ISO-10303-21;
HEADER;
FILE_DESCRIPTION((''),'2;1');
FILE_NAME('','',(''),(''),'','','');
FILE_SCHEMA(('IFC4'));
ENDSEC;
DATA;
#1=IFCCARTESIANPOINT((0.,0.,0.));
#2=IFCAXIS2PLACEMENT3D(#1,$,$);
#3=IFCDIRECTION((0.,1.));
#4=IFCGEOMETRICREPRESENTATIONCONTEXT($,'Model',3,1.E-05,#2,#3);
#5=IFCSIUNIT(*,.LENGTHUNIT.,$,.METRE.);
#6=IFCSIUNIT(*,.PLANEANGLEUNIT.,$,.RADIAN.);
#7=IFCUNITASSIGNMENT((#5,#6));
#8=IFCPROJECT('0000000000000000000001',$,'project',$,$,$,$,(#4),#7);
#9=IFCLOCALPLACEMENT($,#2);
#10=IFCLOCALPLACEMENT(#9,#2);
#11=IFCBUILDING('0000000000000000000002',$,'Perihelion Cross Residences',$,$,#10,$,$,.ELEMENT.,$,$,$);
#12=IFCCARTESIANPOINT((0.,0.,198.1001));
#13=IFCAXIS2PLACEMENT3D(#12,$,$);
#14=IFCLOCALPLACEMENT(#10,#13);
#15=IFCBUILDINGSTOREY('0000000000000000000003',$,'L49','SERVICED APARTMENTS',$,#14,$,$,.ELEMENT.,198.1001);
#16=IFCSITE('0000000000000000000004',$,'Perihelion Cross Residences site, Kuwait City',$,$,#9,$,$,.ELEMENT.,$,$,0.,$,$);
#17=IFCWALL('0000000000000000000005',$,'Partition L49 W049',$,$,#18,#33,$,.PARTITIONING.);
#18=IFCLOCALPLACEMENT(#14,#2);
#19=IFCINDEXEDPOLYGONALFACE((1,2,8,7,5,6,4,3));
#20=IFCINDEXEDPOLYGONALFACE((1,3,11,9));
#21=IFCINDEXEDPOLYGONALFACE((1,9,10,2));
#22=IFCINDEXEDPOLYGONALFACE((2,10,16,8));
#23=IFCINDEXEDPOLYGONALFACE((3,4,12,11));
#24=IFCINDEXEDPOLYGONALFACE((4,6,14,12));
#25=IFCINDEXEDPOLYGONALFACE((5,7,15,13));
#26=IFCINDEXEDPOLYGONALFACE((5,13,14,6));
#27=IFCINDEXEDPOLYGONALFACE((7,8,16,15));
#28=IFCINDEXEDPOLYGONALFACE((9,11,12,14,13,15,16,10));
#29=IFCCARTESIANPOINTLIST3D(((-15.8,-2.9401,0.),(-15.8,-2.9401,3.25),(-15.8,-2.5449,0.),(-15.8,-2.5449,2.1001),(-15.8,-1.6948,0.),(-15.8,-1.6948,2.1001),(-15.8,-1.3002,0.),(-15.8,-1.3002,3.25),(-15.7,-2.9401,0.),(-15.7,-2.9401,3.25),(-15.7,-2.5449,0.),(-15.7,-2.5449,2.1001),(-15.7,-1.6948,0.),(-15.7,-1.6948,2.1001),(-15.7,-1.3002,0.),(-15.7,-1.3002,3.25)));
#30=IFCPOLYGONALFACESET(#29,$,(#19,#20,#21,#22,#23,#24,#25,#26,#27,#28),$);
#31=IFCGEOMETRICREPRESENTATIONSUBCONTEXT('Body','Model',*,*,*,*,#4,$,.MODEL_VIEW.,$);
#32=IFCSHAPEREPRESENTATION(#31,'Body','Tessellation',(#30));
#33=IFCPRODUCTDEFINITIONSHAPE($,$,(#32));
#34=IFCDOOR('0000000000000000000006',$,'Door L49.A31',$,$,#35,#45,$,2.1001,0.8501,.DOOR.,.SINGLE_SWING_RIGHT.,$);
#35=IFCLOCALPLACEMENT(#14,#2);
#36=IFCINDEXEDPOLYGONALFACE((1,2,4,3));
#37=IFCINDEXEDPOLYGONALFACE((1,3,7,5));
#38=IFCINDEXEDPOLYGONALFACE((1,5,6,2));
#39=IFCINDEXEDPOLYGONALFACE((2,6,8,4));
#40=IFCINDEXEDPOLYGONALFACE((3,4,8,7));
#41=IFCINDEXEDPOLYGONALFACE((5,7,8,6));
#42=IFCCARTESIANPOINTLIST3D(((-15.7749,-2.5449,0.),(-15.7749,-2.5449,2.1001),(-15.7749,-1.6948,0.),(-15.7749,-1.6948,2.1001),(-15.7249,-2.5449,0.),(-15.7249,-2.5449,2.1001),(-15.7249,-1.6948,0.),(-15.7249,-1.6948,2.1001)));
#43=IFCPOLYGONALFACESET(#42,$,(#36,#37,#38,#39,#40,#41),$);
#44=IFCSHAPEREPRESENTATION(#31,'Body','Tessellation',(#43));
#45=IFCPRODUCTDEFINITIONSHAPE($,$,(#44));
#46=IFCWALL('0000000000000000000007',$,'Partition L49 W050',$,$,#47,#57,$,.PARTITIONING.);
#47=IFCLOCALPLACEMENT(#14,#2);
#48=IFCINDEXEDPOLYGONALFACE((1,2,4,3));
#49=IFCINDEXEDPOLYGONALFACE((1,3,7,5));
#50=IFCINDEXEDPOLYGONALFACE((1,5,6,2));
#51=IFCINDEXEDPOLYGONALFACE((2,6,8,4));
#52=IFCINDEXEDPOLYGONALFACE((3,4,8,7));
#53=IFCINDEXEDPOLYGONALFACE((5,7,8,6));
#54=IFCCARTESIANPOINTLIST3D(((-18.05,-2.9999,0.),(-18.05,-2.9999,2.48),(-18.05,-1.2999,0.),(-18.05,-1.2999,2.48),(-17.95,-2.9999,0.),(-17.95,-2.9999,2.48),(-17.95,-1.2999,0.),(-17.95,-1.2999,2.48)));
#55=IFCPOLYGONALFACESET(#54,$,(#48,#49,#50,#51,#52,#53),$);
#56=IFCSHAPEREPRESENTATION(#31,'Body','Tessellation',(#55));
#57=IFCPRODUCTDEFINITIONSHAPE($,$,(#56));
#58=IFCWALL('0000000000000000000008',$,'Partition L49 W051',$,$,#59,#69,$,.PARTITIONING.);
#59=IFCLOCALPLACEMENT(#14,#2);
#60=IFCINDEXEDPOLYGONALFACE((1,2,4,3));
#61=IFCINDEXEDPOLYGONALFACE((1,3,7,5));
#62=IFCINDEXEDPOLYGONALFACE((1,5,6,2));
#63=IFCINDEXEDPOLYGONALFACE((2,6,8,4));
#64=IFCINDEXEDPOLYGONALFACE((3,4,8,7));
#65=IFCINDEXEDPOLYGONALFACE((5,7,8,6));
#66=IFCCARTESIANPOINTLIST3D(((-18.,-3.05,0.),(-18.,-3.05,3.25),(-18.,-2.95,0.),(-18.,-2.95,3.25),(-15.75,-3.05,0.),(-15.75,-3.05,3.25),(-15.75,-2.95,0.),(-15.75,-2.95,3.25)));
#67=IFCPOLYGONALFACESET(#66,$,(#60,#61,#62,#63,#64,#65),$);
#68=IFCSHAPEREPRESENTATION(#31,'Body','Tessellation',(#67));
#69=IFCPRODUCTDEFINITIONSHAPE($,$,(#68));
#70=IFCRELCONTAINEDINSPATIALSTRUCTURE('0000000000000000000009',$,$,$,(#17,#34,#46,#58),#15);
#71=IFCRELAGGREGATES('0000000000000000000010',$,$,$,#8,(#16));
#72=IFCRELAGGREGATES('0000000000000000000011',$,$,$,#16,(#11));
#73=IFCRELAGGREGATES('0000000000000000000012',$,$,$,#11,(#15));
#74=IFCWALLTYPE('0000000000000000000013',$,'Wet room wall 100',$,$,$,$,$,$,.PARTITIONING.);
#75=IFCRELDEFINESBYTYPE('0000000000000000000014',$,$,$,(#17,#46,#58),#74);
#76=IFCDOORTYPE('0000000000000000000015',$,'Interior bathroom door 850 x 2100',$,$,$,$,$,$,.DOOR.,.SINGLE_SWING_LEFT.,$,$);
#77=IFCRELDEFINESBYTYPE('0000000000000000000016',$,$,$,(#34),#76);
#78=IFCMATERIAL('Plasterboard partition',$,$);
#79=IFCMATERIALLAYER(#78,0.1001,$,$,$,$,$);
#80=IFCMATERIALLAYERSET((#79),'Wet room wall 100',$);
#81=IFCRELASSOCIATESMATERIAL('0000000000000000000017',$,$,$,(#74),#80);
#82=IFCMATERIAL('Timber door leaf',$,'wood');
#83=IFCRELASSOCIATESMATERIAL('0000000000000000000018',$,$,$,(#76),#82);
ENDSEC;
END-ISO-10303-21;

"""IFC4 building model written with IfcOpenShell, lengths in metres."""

from ifc_helpers import new_model, si_unit, direction, frame, frame_2d, origin, place, context, subcontext, project, spatial, rectangle, extrude, material, layer, layer_set, type_object, element, fill, save


model = new_model("IFC4")

# Units and contexts
model_context = context("Model", 3, precision=1e-05, world=origin(), true_north=direction((0.0, 1.0)))
body_context = subcontext(model_context, "Body", "Model", "MODEL_VIEW")
ifc_project = project(units=[si_unit("LENGTHUNIT", "METRE"), si_unit("PLANEANGLEUNIT", "RADIAN")], contexts=[model_context])

# Site, building, storey
site_placement = place(None, origin())
site = spatial("IfcSite", under=ifc_project, at=site_placement, Name="Perihelion Cross Residences site, Kuwait City", CompositionType="ELEMENT", RefElevation=0.0)
building_placement = place(site_placement, origin())
building = spatial("IfcBuilding", under=site, at=building_placement, Name="Perihelion Cross Residences", CompositionType="ELEMENT")
storey_placement = place(building_placement, frame((0.0, 0.0, 198.1001)))
storey = spatial("IfcBuildingStorey", under=building, at=storey_placement, Name="L49", Description="SERVICED APARTMENTS", CompositionType="ELEMENT", Elevation=198.1001)

# Shared definitions
ifc_material_1 = material(Name="Plasterboard partition")
ifc_layer_1 = layer(ifc_material_1, 0.1001)
ifc_layer_set_1 = layer_set([ifc_layer_1], Name="Wet room wall 100")
wall_type_1 = type_object("IfcWallType", Name="Wet room wall 100", PredefinedType="PARTITIONING", material=ifc_layer_set_1)

# Wall, opening, door
wall_1_placement = place(storey_placement, frame((-15.75, -2.9399, 0.0), z_axis=(0.0, 0.0, 1.0), x_axis=(0.0, 1.0, 0.0)))
wall_1 = element("IfcWall", 1, at=wall_1_placement, inside=storey, type_object=wall_type_1, Name="Partition L49 W049", PredefinedType="PARTITIONING", context=body_context, shape_type="SweptSolid", body=[
    extrude(rectangle(XDim=1.6399, YDim=0.1001, at=frame_2d((0.8198, 0.0))), origin(), (0.0, 0.0, 1.0), 3.25),
])
opening_1_placement = place(wall_1_placement, frame((0.395, 0.0, 0.0)))
opening_1 = element("IfcOpeningElement", 2, at=opening_1_placement, cuts=wall_1, PredefinedType="OPENING", context=body_context, shape_type="SweptSolid", body=[
    extrude(rectangle(XDim=0.8501, YDim=2.1001, at=frame_2d((0.425, 1.05))), frame((0.0, 0.0601, 0.0), z_axis=(0.0, -1.0, 0.0), x_axis=(1.0, 0.0, 0.0)), (0.0, 0.0, 1.0), 0.1201),
])
ifc_material_2 = material(Name="Timber door leaf", Category="wood")
door_type_1 = type_object("IfcDoorType", Name="Interior bathroom door 850 x 2100", OperationType="SINGLE_SWING_LEFT", PredefinedType="DOOR", material=ifc_material_2)
door_1_placement = place(opening_1_placement, origin())
door_1 = element("IfcDoor", 3, at=door_1_placement, inside=storey, type_object=door_type_1, Name="Door L49.A31", OperationType="SINGLE_SWING_RIGHT", OverallHeight=2.1001, OverallWidth=0.8501, PredefinedType="DOOR", context=body_context, shape_type="SweptSolid", body=[
    extrude(rectangle(XDim=0.8501, YDim=2.1001, at=frame_2d((0.425, 1.05))), frame((0.0, 0.0249, 0.0), z_axis=(0.0, -1.0, 0.0), x_axis=(1.0, 0.0, 0.0)), (0.0, 0.0, 1.0), 0.05),
])
fill(opening_1, door_1)

# Walls
wall_2_placement = place(storey_placement, frame((-18.0, -3.0, 0.0), z_axis=(0.0, 0.0, 1.0), x_axis=(0.0, 1.0, 0.0)))
element("IfcWall", 4, at=wall_2_placement, inside=storey, type_object=wall_type_1, Name="Partition L49 W050", PredefinedType="PARTITIONING", context=body_context, shape_type="SweptSolid", body=[
    extrude(rectangle(XDim=1.7, YDim=0.1001, at=frame_2d((0.8501, 0.0))), origin(), (0.0, 0.0, 1.0), 2.48),
])
wall_3_placement = place(storey_placement, frame((-15.75, -3.0, 0.0), z_axis=(0.0, 0.0, 1.0), x_axis=(-1.0, 0.0, 0.0)))
element("IfcWall", 5, at=wall_3_placement, inside=storey, type_object=wall_type_1, Name="Partition L49 W051", PredefinedType="PARTITIONING", context=body_context, shape_type="SweptSolid", body=[
    extrude(rectangle(XDim=2.25, YDim=0.1001, at=frame_2d((1.125, 0.0))), origin(), (0.0, 0.0, 1.0), 3.25),
])

save(model, "model.ifc")
